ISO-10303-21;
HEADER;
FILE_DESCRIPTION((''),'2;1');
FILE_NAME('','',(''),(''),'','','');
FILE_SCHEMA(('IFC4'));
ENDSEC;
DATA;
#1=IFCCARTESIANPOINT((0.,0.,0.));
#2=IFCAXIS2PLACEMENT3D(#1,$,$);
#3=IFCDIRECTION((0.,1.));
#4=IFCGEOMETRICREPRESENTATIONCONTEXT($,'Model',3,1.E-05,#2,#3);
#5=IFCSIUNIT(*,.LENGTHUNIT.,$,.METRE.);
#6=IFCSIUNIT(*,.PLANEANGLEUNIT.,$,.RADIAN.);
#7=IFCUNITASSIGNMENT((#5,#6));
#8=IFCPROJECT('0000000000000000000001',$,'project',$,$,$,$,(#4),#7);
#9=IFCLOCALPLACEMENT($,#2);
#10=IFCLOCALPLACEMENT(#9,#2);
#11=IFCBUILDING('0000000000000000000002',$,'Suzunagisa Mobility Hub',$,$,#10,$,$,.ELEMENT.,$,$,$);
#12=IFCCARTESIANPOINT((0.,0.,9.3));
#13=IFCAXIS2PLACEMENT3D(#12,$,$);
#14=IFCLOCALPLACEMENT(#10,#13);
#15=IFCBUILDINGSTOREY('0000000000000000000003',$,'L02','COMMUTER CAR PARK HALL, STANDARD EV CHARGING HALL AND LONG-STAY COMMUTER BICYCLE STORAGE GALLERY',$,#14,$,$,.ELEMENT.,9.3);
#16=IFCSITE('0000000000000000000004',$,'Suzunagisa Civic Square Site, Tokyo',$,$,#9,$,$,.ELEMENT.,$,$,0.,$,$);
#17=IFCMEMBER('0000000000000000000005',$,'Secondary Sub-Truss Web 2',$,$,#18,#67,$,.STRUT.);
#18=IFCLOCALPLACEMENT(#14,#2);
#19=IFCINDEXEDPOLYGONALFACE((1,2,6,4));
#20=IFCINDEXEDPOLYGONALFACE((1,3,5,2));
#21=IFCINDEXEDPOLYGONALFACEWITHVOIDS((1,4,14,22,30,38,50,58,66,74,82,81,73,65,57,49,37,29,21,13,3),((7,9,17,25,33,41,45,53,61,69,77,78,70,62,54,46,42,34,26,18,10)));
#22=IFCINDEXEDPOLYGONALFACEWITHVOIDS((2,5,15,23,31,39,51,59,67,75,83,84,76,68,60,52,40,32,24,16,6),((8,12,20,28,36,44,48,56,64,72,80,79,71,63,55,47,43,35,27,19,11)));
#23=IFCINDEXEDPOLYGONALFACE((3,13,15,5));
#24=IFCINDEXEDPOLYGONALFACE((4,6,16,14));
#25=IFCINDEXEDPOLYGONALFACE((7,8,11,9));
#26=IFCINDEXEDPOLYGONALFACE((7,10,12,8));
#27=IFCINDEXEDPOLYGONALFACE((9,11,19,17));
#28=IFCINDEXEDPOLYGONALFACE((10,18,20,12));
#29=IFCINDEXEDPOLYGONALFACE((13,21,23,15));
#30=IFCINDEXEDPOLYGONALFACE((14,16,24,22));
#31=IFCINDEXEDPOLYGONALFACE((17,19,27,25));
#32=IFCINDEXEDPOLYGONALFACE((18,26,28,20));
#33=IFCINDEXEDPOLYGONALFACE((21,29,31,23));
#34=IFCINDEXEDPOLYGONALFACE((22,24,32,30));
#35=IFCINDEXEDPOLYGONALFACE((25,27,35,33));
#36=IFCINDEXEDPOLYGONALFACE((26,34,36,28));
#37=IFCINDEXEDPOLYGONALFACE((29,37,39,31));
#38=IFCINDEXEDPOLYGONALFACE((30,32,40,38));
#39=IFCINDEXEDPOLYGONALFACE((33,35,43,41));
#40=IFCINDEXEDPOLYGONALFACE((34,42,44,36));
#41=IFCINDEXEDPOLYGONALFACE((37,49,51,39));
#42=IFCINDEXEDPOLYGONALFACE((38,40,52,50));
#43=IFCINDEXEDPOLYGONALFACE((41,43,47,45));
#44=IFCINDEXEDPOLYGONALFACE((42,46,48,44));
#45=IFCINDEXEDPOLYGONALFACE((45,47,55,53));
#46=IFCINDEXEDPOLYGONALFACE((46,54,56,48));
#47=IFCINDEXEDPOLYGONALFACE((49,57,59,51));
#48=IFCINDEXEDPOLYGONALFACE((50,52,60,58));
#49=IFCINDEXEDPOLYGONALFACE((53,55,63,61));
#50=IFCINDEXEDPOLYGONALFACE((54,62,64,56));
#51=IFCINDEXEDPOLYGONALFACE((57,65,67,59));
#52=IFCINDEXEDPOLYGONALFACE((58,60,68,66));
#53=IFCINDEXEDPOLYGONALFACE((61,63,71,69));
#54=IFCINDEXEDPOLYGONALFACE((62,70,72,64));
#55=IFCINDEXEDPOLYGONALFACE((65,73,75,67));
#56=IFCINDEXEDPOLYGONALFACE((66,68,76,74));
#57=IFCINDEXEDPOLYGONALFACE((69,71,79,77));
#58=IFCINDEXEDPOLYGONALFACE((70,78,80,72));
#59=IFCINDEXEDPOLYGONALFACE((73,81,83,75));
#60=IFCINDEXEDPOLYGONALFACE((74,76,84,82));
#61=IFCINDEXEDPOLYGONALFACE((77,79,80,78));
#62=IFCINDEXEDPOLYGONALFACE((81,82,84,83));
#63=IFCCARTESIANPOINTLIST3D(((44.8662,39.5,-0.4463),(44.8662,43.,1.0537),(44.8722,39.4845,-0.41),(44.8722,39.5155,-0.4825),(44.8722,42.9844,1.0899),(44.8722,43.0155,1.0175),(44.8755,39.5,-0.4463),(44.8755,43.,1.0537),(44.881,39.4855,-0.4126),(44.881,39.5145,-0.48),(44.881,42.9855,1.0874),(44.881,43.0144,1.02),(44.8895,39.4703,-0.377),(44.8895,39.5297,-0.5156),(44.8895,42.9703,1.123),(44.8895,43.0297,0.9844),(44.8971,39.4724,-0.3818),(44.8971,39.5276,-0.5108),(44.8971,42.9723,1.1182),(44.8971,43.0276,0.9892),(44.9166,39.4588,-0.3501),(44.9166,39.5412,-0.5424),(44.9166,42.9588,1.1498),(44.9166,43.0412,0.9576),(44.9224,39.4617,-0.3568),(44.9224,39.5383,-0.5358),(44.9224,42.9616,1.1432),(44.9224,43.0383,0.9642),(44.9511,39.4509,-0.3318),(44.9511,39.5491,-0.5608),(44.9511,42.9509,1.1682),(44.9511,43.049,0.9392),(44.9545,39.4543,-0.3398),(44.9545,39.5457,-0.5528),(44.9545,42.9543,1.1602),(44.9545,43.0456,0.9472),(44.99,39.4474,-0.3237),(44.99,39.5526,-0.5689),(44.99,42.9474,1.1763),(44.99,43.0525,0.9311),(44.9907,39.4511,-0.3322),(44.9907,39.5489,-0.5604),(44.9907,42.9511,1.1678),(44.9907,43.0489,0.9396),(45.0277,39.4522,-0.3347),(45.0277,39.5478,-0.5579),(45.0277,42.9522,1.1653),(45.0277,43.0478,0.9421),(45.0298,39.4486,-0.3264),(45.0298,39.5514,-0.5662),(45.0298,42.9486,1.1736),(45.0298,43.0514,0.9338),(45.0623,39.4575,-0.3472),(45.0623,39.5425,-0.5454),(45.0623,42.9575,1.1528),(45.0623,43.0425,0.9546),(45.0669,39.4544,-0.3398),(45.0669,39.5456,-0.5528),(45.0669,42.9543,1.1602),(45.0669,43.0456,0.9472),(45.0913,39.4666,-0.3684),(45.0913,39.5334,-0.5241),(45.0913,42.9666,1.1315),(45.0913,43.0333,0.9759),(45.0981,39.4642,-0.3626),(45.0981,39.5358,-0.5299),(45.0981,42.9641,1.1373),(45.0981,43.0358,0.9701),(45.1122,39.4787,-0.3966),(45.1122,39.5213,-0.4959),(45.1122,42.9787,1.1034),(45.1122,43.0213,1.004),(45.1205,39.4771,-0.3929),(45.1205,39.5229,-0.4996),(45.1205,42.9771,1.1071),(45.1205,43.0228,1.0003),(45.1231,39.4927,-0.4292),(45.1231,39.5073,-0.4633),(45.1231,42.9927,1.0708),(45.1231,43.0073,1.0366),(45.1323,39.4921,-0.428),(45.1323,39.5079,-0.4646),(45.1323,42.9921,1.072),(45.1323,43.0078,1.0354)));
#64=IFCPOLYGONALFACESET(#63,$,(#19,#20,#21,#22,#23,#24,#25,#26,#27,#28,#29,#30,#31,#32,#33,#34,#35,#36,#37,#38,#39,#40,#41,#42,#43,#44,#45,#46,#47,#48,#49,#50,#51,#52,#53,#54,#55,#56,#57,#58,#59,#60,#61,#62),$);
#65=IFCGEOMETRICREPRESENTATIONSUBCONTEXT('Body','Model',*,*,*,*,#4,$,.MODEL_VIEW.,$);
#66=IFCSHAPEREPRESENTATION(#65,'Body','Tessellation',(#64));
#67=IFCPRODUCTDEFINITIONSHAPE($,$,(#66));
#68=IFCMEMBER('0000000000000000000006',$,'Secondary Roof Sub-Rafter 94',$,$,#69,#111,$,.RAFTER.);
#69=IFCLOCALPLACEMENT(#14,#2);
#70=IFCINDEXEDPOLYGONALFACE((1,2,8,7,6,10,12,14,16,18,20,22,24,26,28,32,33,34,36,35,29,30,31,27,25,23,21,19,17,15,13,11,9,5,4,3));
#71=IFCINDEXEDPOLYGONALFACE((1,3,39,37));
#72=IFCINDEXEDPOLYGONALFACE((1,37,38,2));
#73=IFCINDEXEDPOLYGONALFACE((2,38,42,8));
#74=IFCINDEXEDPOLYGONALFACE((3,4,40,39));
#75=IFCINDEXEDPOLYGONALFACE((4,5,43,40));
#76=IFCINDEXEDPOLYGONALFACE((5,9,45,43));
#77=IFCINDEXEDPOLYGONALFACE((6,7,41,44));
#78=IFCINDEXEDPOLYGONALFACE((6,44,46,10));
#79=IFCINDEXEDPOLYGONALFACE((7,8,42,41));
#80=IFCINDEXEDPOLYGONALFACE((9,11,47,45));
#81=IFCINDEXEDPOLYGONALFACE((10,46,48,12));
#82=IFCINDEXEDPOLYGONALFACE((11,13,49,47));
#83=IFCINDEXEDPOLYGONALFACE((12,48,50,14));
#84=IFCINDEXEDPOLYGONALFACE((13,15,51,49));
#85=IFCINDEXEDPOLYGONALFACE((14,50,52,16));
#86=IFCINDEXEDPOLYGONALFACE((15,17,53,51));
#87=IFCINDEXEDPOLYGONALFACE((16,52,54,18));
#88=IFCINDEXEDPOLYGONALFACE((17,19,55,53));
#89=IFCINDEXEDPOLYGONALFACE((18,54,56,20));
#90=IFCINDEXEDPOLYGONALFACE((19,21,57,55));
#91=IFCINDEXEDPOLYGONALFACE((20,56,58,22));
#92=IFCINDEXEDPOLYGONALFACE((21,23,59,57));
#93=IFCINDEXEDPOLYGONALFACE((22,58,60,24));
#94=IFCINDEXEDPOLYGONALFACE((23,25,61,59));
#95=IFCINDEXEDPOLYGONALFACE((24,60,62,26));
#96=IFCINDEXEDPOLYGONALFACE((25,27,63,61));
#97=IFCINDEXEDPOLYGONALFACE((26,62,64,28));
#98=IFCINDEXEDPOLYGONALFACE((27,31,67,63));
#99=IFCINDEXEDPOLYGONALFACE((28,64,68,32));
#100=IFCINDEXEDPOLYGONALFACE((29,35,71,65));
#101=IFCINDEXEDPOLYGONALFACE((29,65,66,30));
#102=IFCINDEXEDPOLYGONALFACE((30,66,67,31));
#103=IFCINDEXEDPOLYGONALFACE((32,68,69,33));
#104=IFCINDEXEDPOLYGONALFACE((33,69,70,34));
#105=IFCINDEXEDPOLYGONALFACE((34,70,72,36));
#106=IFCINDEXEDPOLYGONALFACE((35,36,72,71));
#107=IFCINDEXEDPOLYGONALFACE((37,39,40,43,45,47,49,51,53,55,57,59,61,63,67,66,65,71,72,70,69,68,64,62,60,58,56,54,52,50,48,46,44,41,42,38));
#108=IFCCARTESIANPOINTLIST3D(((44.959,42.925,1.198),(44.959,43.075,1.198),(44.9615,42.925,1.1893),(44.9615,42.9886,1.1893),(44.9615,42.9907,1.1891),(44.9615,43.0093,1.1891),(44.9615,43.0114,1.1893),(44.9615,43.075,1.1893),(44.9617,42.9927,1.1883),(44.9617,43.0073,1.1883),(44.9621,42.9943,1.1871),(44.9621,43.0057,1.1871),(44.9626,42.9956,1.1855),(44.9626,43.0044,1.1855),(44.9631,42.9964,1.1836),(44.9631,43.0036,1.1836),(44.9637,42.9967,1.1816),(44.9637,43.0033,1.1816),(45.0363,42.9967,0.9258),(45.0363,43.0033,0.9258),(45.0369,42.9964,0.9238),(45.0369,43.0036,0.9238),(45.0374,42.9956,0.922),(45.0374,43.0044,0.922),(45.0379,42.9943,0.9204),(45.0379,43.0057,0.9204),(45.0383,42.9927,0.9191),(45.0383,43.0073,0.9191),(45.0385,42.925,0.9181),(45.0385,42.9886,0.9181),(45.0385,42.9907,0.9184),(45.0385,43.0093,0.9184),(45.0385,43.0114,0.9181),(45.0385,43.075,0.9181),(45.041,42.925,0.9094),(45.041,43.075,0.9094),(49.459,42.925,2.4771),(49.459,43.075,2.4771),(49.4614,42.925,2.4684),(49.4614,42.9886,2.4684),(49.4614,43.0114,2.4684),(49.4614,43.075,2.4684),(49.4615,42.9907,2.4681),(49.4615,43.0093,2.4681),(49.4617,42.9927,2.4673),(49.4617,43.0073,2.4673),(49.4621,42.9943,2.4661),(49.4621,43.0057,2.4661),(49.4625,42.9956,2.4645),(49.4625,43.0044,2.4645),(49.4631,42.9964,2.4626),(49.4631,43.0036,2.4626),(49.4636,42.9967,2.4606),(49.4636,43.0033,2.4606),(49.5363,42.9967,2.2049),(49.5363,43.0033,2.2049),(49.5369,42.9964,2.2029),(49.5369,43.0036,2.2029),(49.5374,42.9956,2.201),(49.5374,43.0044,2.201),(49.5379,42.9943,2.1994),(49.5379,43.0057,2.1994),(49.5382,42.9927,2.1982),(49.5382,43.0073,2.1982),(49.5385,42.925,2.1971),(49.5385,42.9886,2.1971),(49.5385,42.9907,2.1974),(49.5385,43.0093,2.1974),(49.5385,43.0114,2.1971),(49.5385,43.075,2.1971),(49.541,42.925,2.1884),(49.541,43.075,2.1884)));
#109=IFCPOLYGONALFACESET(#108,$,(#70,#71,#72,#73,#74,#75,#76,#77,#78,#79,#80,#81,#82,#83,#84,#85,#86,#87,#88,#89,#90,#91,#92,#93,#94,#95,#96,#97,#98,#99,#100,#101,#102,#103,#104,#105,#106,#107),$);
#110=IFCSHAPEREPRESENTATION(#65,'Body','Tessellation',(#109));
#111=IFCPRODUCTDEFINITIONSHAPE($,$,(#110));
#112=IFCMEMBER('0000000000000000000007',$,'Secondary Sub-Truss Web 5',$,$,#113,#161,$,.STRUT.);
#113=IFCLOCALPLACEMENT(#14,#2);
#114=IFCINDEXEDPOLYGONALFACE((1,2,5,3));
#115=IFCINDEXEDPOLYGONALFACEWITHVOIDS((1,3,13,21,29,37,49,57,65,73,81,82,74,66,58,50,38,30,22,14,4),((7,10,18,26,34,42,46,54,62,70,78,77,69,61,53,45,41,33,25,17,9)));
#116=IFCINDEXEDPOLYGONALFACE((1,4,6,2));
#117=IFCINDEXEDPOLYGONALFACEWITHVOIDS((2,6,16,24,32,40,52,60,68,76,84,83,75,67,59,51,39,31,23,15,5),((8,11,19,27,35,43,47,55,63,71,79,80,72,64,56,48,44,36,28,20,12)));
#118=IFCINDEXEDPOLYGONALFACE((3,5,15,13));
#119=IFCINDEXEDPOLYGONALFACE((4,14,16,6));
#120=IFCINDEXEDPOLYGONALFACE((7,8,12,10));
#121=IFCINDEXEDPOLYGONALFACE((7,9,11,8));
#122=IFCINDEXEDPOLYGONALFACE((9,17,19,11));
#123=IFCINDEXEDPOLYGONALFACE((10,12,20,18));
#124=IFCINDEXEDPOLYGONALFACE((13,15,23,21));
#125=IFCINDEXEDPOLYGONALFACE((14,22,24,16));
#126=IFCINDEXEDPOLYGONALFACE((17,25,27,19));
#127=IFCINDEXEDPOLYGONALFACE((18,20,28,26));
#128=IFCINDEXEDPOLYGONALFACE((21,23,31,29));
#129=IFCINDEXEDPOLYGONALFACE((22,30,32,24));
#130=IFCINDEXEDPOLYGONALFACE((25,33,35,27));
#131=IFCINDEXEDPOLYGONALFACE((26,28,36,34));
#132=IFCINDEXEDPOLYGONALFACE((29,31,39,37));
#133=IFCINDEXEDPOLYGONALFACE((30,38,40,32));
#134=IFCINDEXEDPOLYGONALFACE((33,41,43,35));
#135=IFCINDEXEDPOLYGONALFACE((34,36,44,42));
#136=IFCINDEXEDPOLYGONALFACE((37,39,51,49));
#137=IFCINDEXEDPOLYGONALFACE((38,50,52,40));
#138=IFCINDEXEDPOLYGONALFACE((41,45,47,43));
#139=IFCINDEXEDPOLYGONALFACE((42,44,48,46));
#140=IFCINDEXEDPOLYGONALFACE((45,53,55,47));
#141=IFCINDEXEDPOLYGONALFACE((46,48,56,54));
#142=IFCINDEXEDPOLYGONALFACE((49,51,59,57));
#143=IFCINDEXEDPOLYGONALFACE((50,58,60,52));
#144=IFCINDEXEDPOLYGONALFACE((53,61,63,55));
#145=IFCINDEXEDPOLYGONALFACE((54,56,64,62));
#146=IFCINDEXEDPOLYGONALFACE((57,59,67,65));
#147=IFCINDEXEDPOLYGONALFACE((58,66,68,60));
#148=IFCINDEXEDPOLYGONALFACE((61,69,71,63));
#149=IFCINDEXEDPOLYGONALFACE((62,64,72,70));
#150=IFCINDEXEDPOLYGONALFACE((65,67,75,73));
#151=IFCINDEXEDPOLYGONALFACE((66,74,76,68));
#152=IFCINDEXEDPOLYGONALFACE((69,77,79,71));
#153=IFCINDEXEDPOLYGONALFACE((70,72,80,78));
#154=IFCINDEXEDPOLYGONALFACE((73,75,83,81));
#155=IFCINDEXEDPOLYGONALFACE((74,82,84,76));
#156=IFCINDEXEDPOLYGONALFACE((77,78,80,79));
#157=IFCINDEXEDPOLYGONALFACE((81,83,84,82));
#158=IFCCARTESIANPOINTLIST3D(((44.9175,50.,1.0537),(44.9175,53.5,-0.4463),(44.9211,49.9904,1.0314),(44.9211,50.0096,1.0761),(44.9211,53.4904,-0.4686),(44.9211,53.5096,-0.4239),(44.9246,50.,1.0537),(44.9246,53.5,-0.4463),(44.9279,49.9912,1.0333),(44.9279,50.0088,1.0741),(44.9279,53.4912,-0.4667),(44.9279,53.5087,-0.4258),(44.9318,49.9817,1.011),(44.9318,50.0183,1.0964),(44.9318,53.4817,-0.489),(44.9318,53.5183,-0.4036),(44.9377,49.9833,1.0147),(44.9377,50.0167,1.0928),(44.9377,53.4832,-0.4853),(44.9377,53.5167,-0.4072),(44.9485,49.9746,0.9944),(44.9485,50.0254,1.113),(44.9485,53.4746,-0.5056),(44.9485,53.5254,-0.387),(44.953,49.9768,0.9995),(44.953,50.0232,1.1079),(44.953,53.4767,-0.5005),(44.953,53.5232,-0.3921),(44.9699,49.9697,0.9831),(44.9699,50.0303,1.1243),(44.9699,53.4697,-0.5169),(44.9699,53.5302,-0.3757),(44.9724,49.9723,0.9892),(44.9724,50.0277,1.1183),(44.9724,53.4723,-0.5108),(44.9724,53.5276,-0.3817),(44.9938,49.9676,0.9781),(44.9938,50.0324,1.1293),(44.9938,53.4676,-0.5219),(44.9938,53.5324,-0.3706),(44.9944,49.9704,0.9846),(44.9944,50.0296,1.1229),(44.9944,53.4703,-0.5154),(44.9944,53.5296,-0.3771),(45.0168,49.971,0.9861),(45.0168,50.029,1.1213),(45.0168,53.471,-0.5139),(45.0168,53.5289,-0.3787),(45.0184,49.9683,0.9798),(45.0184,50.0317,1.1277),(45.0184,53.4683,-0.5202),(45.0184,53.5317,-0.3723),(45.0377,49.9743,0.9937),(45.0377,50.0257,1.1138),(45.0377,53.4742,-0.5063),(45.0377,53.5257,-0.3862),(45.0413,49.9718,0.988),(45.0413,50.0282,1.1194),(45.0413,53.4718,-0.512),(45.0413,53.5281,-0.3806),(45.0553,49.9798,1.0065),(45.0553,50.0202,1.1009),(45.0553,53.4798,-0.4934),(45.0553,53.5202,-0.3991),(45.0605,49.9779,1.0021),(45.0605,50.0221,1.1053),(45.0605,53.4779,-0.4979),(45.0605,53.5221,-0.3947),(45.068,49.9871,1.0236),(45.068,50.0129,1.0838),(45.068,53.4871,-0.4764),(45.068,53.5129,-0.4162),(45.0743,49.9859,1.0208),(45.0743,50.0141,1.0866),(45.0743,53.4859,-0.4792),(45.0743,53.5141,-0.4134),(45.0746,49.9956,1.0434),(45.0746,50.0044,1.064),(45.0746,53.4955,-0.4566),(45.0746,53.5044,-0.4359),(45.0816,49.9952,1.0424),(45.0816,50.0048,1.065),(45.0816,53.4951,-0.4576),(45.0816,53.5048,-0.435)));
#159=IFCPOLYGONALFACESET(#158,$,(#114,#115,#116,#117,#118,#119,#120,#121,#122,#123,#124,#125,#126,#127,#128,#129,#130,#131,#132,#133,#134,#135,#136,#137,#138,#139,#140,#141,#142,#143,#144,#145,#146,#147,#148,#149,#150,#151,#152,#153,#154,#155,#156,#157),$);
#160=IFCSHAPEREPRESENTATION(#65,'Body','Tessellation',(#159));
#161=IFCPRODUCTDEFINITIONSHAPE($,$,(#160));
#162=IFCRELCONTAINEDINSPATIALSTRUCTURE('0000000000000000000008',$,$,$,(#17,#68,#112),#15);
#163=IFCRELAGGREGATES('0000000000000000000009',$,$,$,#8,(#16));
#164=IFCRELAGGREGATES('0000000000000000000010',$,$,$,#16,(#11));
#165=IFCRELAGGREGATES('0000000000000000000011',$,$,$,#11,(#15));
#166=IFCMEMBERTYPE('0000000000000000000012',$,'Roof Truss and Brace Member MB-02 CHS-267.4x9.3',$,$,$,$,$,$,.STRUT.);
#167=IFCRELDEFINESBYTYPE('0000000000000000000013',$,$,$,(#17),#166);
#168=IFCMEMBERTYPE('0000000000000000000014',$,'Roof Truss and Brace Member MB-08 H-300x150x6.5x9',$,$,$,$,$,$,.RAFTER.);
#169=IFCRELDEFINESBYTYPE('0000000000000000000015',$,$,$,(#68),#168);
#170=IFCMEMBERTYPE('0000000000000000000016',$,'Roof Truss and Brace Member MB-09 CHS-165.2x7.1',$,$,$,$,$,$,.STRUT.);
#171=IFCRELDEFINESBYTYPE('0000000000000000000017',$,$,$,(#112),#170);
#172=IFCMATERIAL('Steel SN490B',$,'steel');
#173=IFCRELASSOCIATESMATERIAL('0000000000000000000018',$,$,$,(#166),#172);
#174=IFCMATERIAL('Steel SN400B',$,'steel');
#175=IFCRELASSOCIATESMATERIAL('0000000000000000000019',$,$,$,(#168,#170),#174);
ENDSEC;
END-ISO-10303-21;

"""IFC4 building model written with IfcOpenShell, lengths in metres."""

from ifc_helpers import new_model, si_unit, direction, frame, origin, origin_2d, place, context, subcontext, project, spatial, hollow_circle, i_section, extrude, material, material_profile, profile_set, type_object, element, save


model = new_model("IFC4")

# Units and contexts
model_context = context("Model", 3, precision=1e-05, world=origin(), true_north=direction((0.0, 1.0)))
body_context = subcontext(model_context, "Body", "Model", "MODEL_VIEW")
ifc_project = project(units=[si_unit("LENGTHUNIT", "METRE"), si_unit("PLANEANGLEUNIT", "RADIAN")], contexts=[model_context])

# Site, building, storey
site_placement = place(None, origin())
site = spatial("IfcSite", under=ifc_project, at=site_placement, Name="Suzunagisa Civic Square Site, Tokyo", CompositionType="ELEMENT", RefElevation=0.0)
building_placement = place(site_placement, origin())
building = spatial("IfcBuilding", under=site, at=building_placement, Name="Suzunagisa Mobility Hub", CompositionType="ELEMENT")
storey_placement = place(building_placement, frame((0.0, 0.0, 9.3)))
storey = spatial("IfcBuildingStorey", under=building, at=storey_placement, Name="L02", Description="COMMUTER CAR PARK HALL, STANDARD EV CHARGING HALL AND LONG-STAY COMMUTER BICYCLE STORAGE GALLERY", CompositionType="ELEMENT", Elevation=9.3)

# Shared definitions
ifc_material_1 = material(Name="Steel SN490B", Category="steel")

# Members
ifc_material_profile_1 = material_profile(ifc_material_1, hollow_circle(Radius=0.1338, WallThickness=0.0093, at=origin_2d()), Name="CHS-267.4x9.3")
ifc_profile_set_1 = profile_set([ifc_material_profile_1], Name="Steel SN490B")
member_type_1 = type_object("IfcMemberType", Name="Roof Truss and Brace Member MB-02 CHS-267.4x9.3", PredefinedType="STRUT", material=ifc_profile_set_1)
member_1_placement = place(storey_placement, frame((45.0, 39.5, -0.4463), z_axis=(0.0, 0.919145, 0.393919), x_axis=(-1.0, 0.0, 0.0)))
element("IfcMember", 1, at=member_1_placement, inside=storey, type_object=member_type_1, Name="Secondary Sub-Truss Web 2", PredefinedType="STRUT", context=body_context, shape_type="SweptSolid", body=[
    extrude(hollow_circle(Radius=0.1338, WallThickness=0.0093, at=origin_2d()), origin(), (0.0, 0.0, 1.0), 3.8079),
])
ifc_material_2 = material(Name="Steel SN400B", Category="steel")
ifc_material_profile_2 = material_profile(ifc_material_2, i_section(OverallWidth=0.1499, OverallDepth=0.3, WebThickness=0.0066, FlangeThickness=0.009, FilletRadius=0.0081, at=origin_2d()), Name="H-300x150x6.5x9")
ifc_profile_set_2 = profile_set([ifc_material_profile_2], Name="Steel SN400B")
member_type_2 = type_object("IfcMemberType", Name="Roof Truss and Brace Member MB-08 H-300x150x6.5x9", PredefinedType="RAFTER", material=ifc_profile_set_2)
member_2_placement = place(storey_placement, frame((45.0, 43.0, 1.0537), z_axis=(0.961899, 0.0, 0.273404), x_axis=(0.0, 1.0, 0.0)))
element("IfcMember", 2, at=member_2_placement, inside=storey, type_object=member_type_2, Name="Secondary Roof Sub-Rafter 94", PredefinedType="RAFTER", context=body_context, shape_type="SweptSolid", body=[
    extrude(i_section(OverallWidth=0.1499, OverallDepth=0.3, WebThickness=0.0066, FlangeThickness=0.009, FilletRadius=0.0081, at=origin_2d()), origin(), (0.0, 0.0, 1.0), 4.6782),
])
ifc_material_profile_3 = material_profile(ifc_material_2, hollow_circle(Radius=0.0825, WallThickness=0.0071, at=origin_2d()), Name="CHS-165.2x7.1")
ifc_profile_set_3 = profile_set([ifc_material_profile_3], Name="Steel SN400B")
member_type_3 = type_object("IfcMemberType", Name="Roof Truss and Brace Member MB-09 CHS-165.2x7.1", PredefinedType="STRUT", material=ifc_profile_set_3)
member_3_placement = place(storey_placement, frame((45.0, 50.0, 1.0537), z_axis=(0.0, 0.919145, -0.393919), x_axis=(-1.0, 0.0, 0.0)))
element("IfcMember", 3, at=member_3_placement, inside=storey, type_object=member_type_3, Name="Secondary Sub-Truss Web 5", PredefinedType="STRUT", context=body_context, shape_type="SweptSolid", body=[
    extrude(hollow_circle(Radius=0.0825, WallThickness=0.0071, at=origin_2d()), origin(), (0.0, 0.0, 1.0), 3.8079),
])

save(model, "model.ifc")
